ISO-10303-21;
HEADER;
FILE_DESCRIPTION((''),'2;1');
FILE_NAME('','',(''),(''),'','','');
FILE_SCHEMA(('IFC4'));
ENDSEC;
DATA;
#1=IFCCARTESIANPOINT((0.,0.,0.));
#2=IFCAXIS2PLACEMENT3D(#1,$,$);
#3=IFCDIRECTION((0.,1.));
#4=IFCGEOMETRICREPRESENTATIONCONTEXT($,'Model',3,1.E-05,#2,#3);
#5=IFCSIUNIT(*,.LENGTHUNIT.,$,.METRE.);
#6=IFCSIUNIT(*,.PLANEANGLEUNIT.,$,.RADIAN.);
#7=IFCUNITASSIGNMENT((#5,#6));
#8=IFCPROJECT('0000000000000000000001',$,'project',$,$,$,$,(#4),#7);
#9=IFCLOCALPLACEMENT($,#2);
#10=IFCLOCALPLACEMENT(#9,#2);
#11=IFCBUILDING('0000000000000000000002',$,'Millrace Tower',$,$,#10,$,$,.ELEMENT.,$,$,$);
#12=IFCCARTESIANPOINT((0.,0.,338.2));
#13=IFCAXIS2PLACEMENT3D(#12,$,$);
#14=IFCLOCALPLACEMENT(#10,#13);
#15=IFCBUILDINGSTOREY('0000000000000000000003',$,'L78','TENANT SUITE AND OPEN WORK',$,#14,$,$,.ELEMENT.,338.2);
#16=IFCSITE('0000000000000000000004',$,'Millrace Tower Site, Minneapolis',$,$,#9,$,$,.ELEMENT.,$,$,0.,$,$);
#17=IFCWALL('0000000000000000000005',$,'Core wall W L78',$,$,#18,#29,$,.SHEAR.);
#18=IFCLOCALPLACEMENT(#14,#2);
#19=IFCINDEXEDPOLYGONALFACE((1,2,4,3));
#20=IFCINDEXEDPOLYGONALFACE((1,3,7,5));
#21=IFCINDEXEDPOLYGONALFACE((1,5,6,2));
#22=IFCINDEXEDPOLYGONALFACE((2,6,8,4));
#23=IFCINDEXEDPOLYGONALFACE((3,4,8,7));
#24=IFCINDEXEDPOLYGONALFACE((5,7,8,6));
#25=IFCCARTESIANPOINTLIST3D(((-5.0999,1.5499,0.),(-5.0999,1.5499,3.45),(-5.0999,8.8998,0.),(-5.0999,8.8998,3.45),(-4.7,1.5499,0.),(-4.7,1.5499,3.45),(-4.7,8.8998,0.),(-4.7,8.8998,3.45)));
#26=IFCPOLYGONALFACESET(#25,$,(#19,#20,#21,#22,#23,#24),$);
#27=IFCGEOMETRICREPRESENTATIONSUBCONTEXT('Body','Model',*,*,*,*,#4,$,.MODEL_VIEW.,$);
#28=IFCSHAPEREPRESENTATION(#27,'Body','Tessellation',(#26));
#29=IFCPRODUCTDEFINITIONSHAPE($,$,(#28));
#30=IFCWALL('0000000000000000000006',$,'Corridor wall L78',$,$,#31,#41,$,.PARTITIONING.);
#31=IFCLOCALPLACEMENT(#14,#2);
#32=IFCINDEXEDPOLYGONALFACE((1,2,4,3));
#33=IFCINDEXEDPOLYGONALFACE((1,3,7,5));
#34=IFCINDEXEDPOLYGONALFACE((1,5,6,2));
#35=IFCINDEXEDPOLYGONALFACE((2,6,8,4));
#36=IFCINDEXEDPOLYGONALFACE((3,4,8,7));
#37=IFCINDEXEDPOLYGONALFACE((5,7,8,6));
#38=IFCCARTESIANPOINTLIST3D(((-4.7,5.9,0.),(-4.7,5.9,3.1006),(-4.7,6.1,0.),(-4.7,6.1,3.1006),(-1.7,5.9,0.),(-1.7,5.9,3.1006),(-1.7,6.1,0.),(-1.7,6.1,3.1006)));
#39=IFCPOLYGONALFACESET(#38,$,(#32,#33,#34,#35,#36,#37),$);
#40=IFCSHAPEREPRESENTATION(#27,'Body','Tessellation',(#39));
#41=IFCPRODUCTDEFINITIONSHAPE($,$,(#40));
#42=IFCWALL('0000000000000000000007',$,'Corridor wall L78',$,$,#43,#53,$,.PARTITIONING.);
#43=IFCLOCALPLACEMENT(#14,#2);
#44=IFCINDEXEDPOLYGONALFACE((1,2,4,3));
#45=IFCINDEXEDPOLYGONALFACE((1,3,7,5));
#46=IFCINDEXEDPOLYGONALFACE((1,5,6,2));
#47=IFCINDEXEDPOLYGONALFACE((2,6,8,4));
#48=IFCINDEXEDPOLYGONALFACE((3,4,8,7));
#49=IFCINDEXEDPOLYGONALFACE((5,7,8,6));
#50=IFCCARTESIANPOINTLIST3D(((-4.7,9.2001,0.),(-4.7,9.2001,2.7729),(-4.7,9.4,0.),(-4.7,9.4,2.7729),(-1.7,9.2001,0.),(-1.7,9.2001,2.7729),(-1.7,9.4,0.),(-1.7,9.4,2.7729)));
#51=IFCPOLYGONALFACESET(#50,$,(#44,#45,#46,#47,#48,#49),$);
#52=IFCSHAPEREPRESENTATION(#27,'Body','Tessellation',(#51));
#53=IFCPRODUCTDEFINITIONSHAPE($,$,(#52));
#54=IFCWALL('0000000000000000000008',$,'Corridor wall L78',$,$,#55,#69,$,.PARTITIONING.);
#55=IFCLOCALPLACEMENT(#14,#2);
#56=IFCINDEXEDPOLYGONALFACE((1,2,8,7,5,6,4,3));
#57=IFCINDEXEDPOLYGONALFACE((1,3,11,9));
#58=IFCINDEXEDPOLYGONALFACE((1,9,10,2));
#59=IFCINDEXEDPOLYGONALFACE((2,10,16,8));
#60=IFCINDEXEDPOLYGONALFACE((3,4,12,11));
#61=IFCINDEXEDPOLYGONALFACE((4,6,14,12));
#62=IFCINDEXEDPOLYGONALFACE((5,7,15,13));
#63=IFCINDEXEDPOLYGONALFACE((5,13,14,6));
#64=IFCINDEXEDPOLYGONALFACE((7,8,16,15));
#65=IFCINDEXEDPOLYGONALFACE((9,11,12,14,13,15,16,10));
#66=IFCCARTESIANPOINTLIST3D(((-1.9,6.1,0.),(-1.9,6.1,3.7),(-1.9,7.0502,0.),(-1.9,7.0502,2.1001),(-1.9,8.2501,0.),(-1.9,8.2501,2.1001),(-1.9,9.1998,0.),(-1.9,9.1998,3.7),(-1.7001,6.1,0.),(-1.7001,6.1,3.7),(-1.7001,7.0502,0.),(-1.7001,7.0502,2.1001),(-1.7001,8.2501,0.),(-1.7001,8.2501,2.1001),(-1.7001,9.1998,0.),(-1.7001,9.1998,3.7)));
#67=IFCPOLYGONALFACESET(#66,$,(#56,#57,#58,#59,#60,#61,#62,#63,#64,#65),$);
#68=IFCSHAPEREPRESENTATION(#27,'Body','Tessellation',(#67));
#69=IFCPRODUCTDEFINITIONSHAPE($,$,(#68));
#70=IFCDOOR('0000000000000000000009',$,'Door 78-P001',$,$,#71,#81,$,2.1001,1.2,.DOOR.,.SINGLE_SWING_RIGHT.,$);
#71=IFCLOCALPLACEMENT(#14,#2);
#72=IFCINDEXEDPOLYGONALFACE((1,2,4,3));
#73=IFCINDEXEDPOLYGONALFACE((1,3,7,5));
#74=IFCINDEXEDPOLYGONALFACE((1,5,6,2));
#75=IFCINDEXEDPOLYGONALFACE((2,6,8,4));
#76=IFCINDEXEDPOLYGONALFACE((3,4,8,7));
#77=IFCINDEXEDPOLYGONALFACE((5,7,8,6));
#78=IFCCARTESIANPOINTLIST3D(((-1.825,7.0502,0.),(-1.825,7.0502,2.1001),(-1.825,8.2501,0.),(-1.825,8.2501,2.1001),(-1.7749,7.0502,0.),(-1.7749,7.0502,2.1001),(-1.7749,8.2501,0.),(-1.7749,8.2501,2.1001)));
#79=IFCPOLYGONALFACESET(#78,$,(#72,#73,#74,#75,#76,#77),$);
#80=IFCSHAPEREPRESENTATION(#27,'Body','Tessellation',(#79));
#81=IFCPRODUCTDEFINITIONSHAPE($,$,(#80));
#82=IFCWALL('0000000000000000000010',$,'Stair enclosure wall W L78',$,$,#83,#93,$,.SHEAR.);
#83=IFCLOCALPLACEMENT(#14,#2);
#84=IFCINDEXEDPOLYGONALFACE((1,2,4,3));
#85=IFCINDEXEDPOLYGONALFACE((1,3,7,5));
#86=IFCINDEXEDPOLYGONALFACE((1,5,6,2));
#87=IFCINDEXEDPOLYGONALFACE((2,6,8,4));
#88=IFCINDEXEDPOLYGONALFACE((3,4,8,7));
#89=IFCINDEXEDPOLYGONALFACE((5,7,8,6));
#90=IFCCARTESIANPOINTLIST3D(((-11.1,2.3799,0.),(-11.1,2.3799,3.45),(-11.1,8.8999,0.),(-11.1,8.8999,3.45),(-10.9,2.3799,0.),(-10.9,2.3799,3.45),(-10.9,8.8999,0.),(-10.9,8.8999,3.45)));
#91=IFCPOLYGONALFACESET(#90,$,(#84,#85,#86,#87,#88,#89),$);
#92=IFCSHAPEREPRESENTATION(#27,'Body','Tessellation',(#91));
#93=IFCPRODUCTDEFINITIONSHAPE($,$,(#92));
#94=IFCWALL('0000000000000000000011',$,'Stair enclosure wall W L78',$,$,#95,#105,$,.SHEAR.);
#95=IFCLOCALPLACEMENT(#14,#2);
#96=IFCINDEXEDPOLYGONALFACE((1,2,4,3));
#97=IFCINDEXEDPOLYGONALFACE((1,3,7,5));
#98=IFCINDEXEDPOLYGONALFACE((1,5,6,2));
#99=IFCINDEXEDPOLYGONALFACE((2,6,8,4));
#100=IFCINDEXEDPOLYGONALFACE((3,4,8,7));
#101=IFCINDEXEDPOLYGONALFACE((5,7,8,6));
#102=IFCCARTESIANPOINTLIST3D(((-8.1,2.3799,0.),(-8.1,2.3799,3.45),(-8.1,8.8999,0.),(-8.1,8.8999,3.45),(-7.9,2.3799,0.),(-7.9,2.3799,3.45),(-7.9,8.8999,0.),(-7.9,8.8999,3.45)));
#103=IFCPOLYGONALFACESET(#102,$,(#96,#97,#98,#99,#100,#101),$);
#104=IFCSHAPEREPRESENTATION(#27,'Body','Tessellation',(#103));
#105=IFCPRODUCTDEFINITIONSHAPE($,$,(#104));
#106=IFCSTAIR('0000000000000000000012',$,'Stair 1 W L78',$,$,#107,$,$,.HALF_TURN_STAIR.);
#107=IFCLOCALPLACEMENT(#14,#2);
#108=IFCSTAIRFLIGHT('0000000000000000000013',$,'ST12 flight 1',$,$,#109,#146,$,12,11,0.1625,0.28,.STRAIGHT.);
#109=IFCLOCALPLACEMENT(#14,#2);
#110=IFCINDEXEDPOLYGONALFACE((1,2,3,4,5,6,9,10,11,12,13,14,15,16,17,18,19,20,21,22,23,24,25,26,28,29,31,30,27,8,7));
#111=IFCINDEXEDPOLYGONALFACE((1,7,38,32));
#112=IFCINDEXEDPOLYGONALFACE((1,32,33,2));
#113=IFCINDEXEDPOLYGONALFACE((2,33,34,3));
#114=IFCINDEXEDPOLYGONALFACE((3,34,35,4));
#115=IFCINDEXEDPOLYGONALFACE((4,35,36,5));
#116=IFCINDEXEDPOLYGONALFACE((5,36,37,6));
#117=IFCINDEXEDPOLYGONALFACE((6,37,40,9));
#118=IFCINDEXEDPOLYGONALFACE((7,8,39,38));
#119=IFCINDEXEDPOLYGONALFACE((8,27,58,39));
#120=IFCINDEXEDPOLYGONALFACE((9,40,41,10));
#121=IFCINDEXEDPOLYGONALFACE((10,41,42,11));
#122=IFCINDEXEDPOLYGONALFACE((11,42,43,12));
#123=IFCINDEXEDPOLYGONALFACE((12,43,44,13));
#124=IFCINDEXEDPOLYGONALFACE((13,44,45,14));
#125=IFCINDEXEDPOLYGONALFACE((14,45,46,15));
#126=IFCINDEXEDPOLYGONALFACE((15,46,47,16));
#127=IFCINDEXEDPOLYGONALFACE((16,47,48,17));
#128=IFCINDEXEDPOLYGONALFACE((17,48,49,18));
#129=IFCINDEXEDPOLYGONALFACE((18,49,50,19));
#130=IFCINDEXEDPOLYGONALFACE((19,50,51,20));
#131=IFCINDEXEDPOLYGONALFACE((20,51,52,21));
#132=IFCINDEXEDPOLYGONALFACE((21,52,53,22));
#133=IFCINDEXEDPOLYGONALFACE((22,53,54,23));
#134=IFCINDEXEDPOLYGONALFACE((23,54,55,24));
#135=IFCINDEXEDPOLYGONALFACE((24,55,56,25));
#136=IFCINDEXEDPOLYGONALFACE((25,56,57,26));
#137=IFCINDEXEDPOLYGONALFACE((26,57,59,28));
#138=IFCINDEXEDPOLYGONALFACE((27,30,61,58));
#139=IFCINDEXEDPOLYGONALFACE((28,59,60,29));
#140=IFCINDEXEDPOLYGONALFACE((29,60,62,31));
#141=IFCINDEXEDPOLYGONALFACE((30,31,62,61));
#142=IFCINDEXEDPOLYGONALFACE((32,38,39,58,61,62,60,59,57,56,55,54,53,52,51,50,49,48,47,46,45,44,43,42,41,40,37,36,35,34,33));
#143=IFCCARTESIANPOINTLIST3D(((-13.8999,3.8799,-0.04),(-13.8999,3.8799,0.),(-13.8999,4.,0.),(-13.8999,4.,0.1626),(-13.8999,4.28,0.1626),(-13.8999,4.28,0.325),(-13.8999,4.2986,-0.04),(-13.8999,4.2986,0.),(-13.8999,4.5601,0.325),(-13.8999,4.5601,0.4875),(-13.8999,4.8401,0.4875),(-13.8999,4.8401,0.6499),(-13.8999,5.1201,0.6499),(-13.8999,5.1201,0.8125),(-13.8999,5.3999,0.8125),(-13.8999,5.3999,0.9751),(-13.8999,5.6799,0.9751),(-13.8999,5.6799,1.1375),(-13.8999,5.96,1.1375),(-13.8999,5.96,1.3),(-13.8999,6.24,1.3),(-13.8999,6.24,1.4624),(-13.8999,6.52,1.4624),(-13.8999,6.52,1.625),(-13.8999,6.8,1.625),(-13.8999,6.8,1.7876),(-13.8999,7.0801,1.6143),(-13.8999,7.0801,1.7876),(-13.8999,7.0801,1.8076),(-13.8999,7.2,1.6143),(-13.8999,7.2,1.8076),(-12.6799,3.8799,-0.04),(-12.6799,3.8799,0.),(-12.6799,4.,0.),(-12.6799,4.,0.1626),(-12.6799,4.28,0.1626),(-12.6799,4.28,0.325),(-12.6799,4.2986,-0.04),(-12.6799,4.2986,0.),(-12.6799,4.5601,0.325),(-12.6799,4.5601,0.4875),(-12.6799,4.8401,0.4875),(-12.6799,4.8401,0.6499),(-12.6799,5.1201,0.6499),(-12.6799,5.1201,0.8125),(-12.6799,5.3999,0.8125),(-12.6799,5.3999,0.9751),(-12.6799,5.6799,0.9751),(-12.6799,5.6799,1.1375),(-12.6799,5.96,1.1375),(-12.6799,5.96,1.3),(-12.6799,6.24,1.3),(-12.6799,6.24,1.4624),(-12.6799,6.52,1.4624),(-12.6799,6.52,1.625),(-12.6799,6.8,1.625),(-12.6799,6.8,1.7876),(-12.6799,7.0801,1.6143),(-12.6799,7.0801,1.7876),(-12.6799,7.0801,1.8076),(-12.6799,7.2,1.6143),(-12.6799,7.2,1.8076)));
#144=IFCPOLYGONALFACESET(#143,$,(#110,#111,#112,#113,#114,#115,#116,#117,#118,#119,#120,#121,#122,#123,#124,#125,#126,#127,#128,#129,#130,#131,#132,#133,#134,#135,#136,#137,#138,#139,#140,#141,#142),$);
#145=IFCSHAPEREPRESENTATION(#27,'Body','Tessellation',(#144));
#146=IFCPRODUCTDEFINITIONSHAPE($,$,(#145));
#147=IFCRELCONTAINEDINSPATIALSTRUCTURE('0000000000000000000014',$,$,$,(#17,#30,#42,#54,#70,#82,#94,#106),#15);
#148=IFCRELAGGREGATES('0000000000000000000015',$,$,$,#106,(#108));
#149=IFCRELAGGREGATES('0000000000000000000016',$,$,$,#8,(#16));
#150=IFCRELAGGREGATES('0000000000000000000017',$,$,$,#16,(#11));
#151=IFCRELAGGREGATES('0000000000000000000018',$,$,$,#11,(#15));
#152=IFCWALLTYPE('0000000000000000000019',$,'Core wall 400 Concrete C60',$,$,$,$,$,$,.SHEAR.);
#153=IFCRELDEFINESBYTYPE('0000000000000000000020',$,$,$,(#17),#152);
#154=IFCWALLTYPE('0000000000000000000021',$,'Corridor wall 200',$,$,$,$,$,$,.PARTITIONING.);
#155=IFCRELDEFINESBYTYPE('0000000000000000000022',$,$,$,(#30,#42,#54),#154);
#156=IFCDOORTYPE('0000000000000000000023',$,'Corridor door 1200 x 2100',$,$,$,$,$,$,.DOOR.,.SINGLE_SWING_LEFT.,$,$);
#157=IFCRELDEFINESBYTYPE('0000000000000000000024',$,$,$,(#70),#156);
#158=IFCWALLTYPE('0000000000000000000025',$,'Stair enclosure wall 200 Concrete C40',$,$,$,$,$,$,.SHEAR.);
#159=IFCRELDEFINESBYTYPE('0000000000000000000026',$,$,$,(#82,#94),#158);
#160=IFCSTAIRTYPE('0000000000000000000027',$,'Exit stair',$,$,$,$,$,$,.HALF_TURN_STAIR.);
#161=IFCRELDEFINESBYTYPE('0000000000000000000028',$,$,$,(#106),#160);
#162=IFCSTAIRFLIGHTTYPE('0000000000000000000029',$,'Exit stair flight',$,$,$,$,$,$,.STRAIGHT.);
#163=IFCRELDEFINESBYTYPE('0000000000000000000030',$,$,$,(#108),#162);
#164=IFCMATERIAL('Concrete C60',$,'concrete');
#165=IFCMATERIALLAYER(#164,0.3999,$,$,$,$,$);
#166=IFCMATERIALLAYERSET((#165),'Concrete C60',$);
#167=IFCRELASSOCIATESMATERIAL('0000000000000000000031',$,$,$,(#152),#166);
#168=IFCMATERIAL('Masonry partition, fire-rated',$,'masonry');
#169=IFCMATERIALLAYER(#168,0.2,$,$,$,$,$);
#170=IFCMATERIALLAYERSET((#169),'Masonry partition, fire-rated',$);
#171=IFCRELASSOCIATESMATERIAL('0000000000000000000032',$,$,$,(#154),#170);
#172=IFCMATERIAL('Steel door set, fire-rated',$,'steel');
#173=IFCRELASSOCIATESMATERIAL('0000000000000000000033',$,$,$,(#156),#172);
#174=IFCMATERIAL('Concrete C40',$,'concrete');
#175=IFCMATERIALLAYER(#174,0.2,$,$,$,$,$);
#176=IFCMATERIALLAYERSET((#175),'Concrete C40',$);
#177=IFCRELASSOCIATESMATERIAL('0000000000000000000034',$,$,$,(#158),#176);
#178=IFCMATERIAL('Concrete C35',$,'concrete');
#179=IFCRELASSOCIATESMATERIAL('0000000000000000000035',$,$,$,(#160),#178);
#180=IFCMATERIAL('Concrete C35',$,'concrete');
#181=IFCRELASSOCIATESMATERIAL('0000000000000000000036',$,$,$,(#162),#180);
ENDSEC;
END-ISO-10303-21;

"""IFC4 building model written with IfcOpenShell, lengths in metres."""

from ifc_helpers import new_model, si_unit, direction, frame, frame_2d, origin, place, context, subcontext, project, spatial, polyline, rectangle, outline, extrude, material, layer, layer_set, type_object, element, fill, aggregate, save


model = new_model("IFC4")

# Units and contexts
model_context = context("Model", 3, precision=1e-05, world=origin(), true_north=direction((0.0, 1.0)))
body_context = subcontext(model_context, "Body", "Model", "MODEL_VIEW")
ifc_project = project(units=[si_unit("LENGTHUNIT", "METRE"), si_unit("PLANEANGLEUNIT", "RADIAN")], contexts=[model_context])

# Site, building, storey
site_placement = place(None, origin())
site = spatial("IfcSite", under=ifc_project, at=site_placement, Name="Millrace Tower Site, Minneapolis", CompositionType="ELEMENT", RefElevation=0.0)
building_placement = place(site_placement, origin())
building = spatial("IfcBuilding", under=site, at=building_placement, Name="Millrace Tower", CompositionType="ELEMENT")
storey_placement = place(building_placement, frame((0.0, 0.0, 338.2)))
storey = spatial("IfcBuildingStorey", under=building, at=storey_placement, Name="L78", Description="TENANT SUITE AND OPEN WORK", CompositionType="ELEMENT", Elevation=338.2)

# Walls
ifc_material_1 = material(Name="Concrete C60", Category="concrete")
ifc_layer_1 = layer(ifc_material_1, 0.3999)
ifc_layer_set_1 = layer_set([ifc_layer_1], Name="Concrete C60")
wall_type_1 = type_object("IfcWallType", Name="Core wall 400 Concrete C60", PredefinedType="SHEAR", material=ifc_layer_set_1)
wall_1_placement = place(storey_placement, frame((-4.8999, 1.55, 0.0), z_axis=(0.0, 0.0, 1.0), x_axis=(0.0, 1.0, 0.0)))
element("IfcWall", 1, at=wall_1_placement, inside=storey, type_object=wall_type_1, Name="Core wall W L78", PredefinedType="SHEAR", context=body_context, shape_type="SweptSolid", body=[
    extrude(rectangle(XDim=7.3499, YDim=0.3999, at=frame_2d((3.6748, 0.0))), origin(), (0.0, 0.0, 1.0), 3.45),
])
ifc_material_2 = material(Name="Masonry partition, fire-rated", Category="masonry")
ifc_layer_2 = layer(ifc_material_2, 0.2)
ifc_layer_set_2 = layer_set([ifc_layer_2], Name="Masonry partition, fire-rated")
wall_type_2 = type_object("IfcWallType", Name="Corridor wall 200", PredefinedType="PARTITIONING", material=ifc_layer_set_2)
wall_2_placement = place(storey_placement, frame((-4.7, 6.0, 0.0), z_axis=(0.0, 0.0, 1.0), x_axis=(1.0, 0.0, 0.0)))
element("IfcWall", 2, at=wall_2_placement, inside=storey, type_object=wall_type_2, Name="Corridor wall L78", PredefinedType="PARTITIONING", context=body_context, shape_type="SweptSolid", body=[
    extrude(rectangle(XDim=3.0, YDim=0.2, at=frame_2d((1.5, 0.0))), origin(), (0.0, 0.0, 1.0), 3.1006),
])
wall_3_placement = place(storey_placement, frame((-4.7, 9.3, 0.0), z_axis=(0.0, 0.0, 1.0), x_axis=(1.0, 0.0, 0.0)))
element("IfcWall", 3, at=wall_3_placement, inside=storey, type_object=wall_type_2, Name="Corridor wall L78", PredefinedType="PARTITIONING", context=body_context, shape_type="SweptSolid", body=[
    extrude(rectangle(XDim=3.0, YDim=0.2, at=frame_2d((1.5, 0.0))), origin(), (0.0, 0.0, 1.0), 2.7729),
])

# Wall, opening, door
wall_4_placement = place(storey_placement, frame((-1.8, 6.1001, 0.0), z_axis=(0.0, 0.0, 1.0), x_axis=(0.0, 1.0, 0.0)))
wall_4 = element("IfcWall", 4, at=wall_4_placement, inside=storey, type_object=wall_type_2, Name="Corridor wall L78", PredefinedType="PARTITIONING", context=body_context, shape_type="SweptSolid", body=[
    extrude(rectangle(XDim=3.0999, YDim=0.2, at=frame_2d((1.5498, 0.0))), origin(), (0.0, 0.0, 1.0), 3.7),
])
opening_placement = place(wall_4_placement, frame((0.95, 0.0, 0.0)))
opening = element("IfcOpeningElement", 5, at=opening_placement, cuts=wall_4, PredefinedType="OPENING", context=body_context, shape_type="SweptSolid", body=[
    extrude(rectangle(XDim=1.2, YDim=2.1001, at=frame_2d((0.6001, 1.05))), frame((0.0, 0.1099, 0.0), z_axis=(0.0, -1.0, 0.0), x_axis=(1.0, 0.0, 0.0)), (0.0, 0.0, 1.0), 0.22),
])
ifc_material_3 = material(Name="Steel door set, fire-rated", Category="steel")
door_type = type_object("IfcDoorType", Name="Corridor door 1200 x 2100", OperationType="SINGLE_SWING_LEFT", PredefinedType="DOOR", material=ifc_material_3)
door_placement = place(opening_placement, origin())
door = element("IfcDoor", 6, at=door_placement, inside=storey, type_object=door_type, Name="Door 78-P001", OperationType="SINGLE_SWING_RIGHT", OverallHeight=2.1001, OverallWidth=1.2, PredefinedType="DOOR", context=body_context, shape_type="SweptSolid", body=[
    extrude(rectangle(XDim=1.2, YDim=2.1001, at=frame_2d((0.6001, 1.05))), frame((0.0, 0.0249, 0.0), z_axis=(0.0, -1.0, 0.0), x_axis=(1.0, 0.0, 0.0)), (0.0, 0.0, 1.0), 0.05),
])
fill(opening, door)

# Walls
ifc_material_4 = material(Name="Concrete C40", Category="concrete")
ifc_layer_3 = layer(ifc_material_4, 0.2)
ifc_layer_set_3 = layer_set([ifc_layer_3], Name="Concrete C40")
wall_type_3 = type_object("IfcWallType", Name="Stair enclosure wall 200 Concrete C40", PredefinedType="SHEAR", material=ifc_layer_set_3)
for number, where, z_axis, x_axis, name in (
    (7, (-11.0, 2.3799, 0.0), (0.0, 0.0, 1.0), (0.0, 1.0, 0.0), "Stair enclosure wall W L78"),
    (8, (-8.0, 2.3799, 0.0), (0.0, 0.0, 1.0), (0.0, 1.0, 0.0), "Stair enclosure wall W L78"),
):
    element("IfcWall", number, at=place(storey_placement, frame(where, z_axis=z_axis, x_axis=x_axis)), inside=storey, type_object=wall_type_3, Name=name, PredefinedType="SHEAR", context=body_context, shape_type="SweptSolid", body=[
        extrude(rectangle(XDim=6.52, YDim=0.2, at=frame_2d((3.26, 0.0))), origin(), (0.0, 0.0, 1.0), 3.45),
    ])

# Stair, stair flight
ifc_material_5 = material(Name="Concrete C35", Category="concrete")
stair_type = type_object("IfcStairType", Name="Exit stair", PredefinedType="HALF_TURN_STAIR", material=ifc_material_5)
placement = place(storey_placement, origin())
stair_1 = element("IfcStair", 9, at=placement, inside=storey, type_object=stair_type, Name="Stair 1 W L78", PredefinedType="HALF_TURN_STAIR")
ifc_material_6 = material(Name="Concrete C35", Category="concrete")
stair_flight_type = type_object("IfcStairFlightType", Name="Exit stair flight", PredefinedType="STRAIGHT", material=ifc_material_6)
stair_flight_1_placement = place(storey_placement, frame((-13.29, 4.0, 0.0), z_axis=(0.0, 0.0, 1.0), x_axis=(0.0, 1.0, 0.0)))
stair_flight_1 = element("IfcStairFlight", 10, at=stair_flight_1_placement, type_object=stair_flight_type, Name="ST12 flight 1", NumberOfRisers=12, NumberOfTreads=11, PredefinedType="STRAIGHT", RiserHeight=0.1625, TreadLength=0.28, context=body_context, shape_type="SweptSolid", body=[
    extrude(outline(polyline([(-0.1201, -0.04), (-0.1201, 0.0), (0.0, 0.0), (0.0, 0.1626), (0.28, 0.1626), (0.28, 0.325), (0.5601, 0.325), (0.5601, 0.4875), (0.8401, 0.4875), (0.8401, 0.6499), (1.1201, 0.6499), (1.1201, 0.8125), (1.3999, 0.8125), (1.3999, 0.9751), (1.6799, 0.9751), (1.6799, 1.1375), (1.96, 1.1375), (1.96, 1.3), (2.24, 1.3), (2.24, 1.4624), (2.52, 1.4624), (2.52, 1.625), (2.8, 1.625), (2.8, 1.7876), (3.0801, 1.7876), (3.0801, 1.8076), (3.2, 1.8076), (3.2, 1.6143), (3.0801, 1.6143), (0.2986, 0.0), (0.2986, -0.04), (-0.1201, -0.04)])), frame((0.0, 0.6099, 0.0), z_axis=(0.0, -1.0, 0.0), x_axis=(1.0, 0.0, 0.0)), (0.0, 0.0, 1.0), 1.22),
])
aggregate(stair_1, [stair_flight_1])

save(model, "model.ifc")
